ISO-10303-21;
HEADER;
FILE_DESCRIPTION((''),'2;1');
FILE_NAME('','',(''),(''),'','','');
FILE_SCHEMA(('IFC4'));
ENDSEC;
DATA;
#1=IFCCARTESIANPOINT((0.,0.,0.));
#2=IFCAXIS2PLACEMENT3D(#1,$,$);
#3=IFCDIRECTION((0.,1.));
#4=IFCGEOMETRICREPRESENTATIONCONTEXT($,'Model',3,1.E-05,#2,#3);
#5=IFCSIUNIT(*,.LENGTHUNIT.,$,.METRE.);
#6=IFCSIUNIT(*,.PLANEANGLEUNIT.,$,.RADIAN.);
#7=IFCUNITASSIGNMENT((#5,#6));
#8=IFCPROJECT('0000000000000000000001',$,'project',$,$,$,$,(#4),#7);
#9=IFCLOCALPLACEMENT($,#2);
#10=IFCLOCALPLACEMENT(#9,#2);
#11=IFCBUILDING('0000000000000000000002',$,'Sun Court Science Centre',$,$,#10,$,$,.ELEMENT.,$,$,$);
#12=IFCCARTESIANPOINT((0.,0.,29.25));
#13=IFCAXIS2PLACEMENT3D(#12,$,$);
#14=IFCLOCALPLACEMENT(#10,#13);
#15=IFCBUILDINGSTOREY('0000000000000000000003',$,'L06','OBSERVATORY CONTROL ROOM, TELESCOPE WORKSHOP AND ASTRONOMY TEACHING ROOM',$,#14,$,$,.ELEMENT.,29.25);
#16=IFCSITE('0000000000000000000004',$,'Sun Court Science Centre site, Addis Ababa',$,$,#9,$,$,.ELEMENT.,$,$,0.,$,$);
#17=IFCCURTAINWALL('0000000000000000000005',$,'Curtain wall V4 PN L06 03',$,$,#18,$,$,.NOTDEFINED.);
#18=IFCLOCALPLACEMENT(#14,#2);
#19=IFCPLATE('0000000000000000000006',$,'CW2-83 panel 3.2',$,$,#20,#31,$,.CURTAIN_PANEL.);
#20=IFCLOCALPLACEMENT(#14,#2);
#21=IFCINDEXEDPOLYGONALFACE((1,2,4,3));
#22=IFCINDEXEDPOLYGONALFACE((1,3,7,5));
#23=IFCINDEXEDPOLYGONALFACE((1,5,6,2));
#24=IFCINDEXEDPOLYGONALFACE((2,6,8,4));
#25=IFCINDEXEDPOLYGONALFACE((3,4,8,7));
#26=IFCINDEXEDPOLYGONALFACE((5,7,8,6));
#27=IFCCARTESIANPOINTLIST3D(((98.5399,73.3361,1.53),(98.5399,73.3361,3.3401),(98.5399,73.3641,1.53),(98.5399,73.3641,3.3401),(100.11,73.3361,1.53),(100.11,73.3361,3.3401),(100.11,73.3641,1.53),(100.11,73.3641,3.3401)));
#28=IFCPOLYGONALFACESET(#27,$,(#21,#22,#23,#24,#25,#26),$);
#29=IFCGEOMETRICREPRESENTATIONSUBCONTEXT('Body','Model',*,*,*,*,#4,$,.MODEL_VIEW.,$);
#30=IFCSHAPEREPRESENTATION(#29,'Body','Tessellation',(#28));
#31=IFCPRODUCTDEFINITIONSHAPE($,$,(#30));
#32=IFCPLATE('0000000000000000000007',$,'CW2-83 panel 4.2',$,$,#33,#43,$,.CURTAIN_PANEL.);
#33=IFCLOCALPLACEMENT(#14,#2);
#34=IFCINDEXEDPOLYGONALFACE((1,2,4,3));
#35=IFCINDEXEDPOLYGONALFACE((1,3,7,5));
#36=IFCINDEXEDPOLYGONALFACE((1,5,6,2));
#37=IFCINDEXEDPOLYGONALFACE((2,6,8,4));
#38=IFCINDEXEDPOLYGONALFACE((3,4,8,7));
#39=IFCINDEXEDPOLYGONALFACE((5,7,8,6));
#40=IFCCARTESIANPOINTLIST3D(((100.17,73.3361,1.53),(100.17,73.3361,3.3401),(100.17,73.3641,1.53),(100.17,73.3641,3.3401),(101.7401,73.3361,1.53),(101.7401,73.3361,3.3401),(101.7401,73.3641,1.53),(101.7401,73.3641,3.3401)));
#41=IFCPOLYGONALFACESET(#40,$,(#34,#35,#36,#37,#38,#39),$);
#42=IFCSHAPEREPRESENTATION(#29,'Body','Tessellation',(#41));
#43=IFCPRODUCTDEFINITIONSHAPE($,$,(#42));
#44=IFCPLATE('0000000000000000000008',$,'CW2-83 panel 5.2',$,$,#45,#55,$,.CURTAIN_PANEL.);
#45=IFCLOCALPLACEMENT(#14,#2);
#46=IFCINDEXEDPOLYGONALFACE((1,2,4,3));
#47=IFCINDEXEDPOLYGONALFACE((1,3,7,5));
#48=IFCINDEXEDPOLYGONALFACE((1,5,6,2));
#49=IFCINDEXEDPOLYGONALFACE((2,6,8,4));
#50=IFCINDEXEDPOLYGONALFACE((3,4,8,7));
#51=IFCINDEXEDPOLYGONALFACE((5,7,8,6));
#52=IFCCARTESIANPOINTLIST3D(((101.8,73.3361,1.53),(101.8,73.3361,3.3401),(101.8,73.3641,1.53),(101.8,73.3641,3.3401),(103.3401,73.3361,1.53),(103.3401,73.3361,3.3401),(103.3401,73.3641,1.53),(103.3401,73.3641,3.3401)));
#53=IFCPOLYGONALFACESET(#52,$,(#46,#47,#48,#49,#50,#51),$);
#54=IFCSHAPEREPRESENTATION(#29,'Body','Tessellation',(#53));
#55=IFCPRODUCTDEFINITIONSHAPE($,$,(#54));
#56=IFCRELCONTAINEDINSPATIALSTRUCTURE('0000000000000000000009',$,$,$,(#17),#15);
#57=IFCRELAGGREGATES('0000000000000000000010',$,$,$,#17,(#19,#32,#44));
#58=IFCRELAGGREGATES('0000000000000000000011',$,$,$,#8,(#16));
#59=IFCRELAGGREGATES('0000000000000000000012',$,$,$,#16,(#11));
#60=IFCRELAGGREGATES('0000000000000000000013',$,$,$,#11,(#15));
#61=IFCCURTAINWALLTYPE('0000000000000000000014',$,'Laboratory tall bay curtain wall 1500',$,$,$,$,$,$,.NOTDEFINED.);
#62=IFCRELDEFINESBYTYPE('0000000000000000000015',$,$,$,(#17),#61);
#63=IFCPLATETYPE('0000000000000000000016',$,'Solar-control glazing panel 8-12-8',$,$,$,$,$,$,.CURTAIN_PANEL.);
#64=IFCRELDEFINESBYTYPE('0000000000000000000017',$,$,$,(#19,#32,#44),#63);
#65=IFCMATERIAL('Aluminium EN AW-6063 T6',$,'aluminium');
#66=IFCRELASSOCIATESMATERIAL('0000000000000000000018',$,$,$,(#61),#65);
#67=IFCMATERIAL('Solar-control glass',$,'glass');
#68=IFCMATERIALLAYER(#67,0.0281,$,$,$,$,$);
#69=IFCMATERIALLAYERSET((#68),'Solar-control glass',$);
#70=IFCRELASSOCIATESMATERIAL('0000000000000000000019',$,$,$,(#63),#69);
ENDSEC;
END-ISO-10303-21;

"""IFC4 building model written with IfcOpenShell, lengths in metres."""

from ifc_helpers import new_model, si_unit, direction, frame, origin, origin_2d, place, context, subcontext, project, spatial, rectangle, extrude, material, layer, layer_set, type_object, element, aggregate, save


model = new_model("IFC4")

# Units and contexts
model_context = context("Model", 3, precision=1e-05, world=origin(), true_north=direction((0.0, 1.0)))
body_context = subcontext(model_context, "Body", "Model", "MODEL_VIEW")
ifc_project = project(units=[si_unit("LENGTHUNIT", "METRE"), si_unit("PLANEANGLEUNIT", "RADIAN")], contexts=[model_context])

# Site, building, storey
site_placement = place(None, origin())
site = spatial("IfcSite", under=ifc_project, at=site_placement, Name="Sun Court Science Centre site, Addis Ababa", CompositionType="ELEMENT", RefElevation=0.0)
building_placement = place(site_placement, origin())
building = spatial("IfcBuilding", under=site, at=building_placement, Name="Sun Court Science Centre", CompositionType="ELEMENT")
storey_placement = place(building_placement, frame((0.0, 0.0, 29.25)))
storey = spatial("IfcBuildingStorey", under=building, at=storey_placement, Name="L06", Description="OBSERVATORY CONTROL ROOM, TELESCOPE WORKSHOP AND ASTRONOMY TEACHING ROOM", CompositionType="ELEMENT", Elevation=29.25)

# Curtain wall
ifc_material_1 = material(Name="Aluminium EN AW-6063 T6", Category="aluminium")
curtain_wall_type = type_object("IfcCurtainWallType", Name="Laboratory tall bay curtain wall 1500", PredefinedType="NOTDEFINED", material=ifc_material_1)
curtain_wall_placement = place(storey_placement, origin())
curtain_wall = element("IfcCurtainWall", 1, at=curtain_wall_placement, inside=storey, type_object=curtain_wall_type, Name="Curtain wall V4 PN L06 03", PredefinedType="NOTDEFINED")

# Plates
ifc_material_2 = material(Name="Solar-control glass", Category="glass")
ifc_layer = layer(ifc_material_2, 0.0281)
ifc_layer_set = layer_set([ifc_layer], Name="Solar-control glass")
plate_type = type_object("IfcPlateType", Name="Solar-control glazing panel 8-12-8", PredefinedType="CURTAIN_PANEL", material=ifc_layer_set)
plate_1_placement = place(storey_placement, frame((99.325, 73.3501, 1.53), z_axis=(0.0, 0.0, 1.0), x_axis=(1.0, 0.0, 0.0)))
plate_1 = element("IfcPlate", 2, at=plate_1_placement, type_object=plate_type, Name="CW2-83 panel 3.2", PredefinedType="CURTAIN_PANEL", context=body_context, shape_type="SweptSolid", body=[
    extrude(rectangle(XDim=1.5701, YDim=0.0281, at=origin_2d()), origin(), (0.0, 0.0, 1.0), 1.8101),
])
plate_2_placement = place(storey_placement, frame((100.9551, 73.3501, 1.53), z_axis=(0.0, 0.0, 1.0), x_axis=(1.0, 0.0, 0.0)))
plate_2 = element("IfcPlate", 3, at=plate_2_placement, type_object=plate_type, Name="CW2-83 panel 4.2", PredefinedType="CURTAIN_PANEL", context=body_context, shape_type="SweptSolid", body=[
    extrude(rectangle(XDim=1.5701, YDim=0.0281, at=origin_2d()), origin(), (0.0, 0.0, 1.0), 1.8101),
])
plate_3_placement = place(storey_placement, frame((102.5701, 73.3501, 1.53), z_axis=(0.0, 0.0, 1.0), x_axis=(1.0, 0.0, 0.0)))
plate_3 = element("IfcPlate", 4, at=plate_3_placement, type_object=plate_type, Name="CW2-83 panel 5.2", PredefinedType="CURTAIN_PANEL", context=body_context, shape_type="SweptSolid", body=[
    extrude(rectangle(XDim=1.54, YDim=0.0281, at=origin_2d()), origin(), (0.0, 0.0, 1.0), 1.8101),
])
aggregate(curtain_wall, [plate_1, plate_2, plate_3])

save(model, "model.ifc")
